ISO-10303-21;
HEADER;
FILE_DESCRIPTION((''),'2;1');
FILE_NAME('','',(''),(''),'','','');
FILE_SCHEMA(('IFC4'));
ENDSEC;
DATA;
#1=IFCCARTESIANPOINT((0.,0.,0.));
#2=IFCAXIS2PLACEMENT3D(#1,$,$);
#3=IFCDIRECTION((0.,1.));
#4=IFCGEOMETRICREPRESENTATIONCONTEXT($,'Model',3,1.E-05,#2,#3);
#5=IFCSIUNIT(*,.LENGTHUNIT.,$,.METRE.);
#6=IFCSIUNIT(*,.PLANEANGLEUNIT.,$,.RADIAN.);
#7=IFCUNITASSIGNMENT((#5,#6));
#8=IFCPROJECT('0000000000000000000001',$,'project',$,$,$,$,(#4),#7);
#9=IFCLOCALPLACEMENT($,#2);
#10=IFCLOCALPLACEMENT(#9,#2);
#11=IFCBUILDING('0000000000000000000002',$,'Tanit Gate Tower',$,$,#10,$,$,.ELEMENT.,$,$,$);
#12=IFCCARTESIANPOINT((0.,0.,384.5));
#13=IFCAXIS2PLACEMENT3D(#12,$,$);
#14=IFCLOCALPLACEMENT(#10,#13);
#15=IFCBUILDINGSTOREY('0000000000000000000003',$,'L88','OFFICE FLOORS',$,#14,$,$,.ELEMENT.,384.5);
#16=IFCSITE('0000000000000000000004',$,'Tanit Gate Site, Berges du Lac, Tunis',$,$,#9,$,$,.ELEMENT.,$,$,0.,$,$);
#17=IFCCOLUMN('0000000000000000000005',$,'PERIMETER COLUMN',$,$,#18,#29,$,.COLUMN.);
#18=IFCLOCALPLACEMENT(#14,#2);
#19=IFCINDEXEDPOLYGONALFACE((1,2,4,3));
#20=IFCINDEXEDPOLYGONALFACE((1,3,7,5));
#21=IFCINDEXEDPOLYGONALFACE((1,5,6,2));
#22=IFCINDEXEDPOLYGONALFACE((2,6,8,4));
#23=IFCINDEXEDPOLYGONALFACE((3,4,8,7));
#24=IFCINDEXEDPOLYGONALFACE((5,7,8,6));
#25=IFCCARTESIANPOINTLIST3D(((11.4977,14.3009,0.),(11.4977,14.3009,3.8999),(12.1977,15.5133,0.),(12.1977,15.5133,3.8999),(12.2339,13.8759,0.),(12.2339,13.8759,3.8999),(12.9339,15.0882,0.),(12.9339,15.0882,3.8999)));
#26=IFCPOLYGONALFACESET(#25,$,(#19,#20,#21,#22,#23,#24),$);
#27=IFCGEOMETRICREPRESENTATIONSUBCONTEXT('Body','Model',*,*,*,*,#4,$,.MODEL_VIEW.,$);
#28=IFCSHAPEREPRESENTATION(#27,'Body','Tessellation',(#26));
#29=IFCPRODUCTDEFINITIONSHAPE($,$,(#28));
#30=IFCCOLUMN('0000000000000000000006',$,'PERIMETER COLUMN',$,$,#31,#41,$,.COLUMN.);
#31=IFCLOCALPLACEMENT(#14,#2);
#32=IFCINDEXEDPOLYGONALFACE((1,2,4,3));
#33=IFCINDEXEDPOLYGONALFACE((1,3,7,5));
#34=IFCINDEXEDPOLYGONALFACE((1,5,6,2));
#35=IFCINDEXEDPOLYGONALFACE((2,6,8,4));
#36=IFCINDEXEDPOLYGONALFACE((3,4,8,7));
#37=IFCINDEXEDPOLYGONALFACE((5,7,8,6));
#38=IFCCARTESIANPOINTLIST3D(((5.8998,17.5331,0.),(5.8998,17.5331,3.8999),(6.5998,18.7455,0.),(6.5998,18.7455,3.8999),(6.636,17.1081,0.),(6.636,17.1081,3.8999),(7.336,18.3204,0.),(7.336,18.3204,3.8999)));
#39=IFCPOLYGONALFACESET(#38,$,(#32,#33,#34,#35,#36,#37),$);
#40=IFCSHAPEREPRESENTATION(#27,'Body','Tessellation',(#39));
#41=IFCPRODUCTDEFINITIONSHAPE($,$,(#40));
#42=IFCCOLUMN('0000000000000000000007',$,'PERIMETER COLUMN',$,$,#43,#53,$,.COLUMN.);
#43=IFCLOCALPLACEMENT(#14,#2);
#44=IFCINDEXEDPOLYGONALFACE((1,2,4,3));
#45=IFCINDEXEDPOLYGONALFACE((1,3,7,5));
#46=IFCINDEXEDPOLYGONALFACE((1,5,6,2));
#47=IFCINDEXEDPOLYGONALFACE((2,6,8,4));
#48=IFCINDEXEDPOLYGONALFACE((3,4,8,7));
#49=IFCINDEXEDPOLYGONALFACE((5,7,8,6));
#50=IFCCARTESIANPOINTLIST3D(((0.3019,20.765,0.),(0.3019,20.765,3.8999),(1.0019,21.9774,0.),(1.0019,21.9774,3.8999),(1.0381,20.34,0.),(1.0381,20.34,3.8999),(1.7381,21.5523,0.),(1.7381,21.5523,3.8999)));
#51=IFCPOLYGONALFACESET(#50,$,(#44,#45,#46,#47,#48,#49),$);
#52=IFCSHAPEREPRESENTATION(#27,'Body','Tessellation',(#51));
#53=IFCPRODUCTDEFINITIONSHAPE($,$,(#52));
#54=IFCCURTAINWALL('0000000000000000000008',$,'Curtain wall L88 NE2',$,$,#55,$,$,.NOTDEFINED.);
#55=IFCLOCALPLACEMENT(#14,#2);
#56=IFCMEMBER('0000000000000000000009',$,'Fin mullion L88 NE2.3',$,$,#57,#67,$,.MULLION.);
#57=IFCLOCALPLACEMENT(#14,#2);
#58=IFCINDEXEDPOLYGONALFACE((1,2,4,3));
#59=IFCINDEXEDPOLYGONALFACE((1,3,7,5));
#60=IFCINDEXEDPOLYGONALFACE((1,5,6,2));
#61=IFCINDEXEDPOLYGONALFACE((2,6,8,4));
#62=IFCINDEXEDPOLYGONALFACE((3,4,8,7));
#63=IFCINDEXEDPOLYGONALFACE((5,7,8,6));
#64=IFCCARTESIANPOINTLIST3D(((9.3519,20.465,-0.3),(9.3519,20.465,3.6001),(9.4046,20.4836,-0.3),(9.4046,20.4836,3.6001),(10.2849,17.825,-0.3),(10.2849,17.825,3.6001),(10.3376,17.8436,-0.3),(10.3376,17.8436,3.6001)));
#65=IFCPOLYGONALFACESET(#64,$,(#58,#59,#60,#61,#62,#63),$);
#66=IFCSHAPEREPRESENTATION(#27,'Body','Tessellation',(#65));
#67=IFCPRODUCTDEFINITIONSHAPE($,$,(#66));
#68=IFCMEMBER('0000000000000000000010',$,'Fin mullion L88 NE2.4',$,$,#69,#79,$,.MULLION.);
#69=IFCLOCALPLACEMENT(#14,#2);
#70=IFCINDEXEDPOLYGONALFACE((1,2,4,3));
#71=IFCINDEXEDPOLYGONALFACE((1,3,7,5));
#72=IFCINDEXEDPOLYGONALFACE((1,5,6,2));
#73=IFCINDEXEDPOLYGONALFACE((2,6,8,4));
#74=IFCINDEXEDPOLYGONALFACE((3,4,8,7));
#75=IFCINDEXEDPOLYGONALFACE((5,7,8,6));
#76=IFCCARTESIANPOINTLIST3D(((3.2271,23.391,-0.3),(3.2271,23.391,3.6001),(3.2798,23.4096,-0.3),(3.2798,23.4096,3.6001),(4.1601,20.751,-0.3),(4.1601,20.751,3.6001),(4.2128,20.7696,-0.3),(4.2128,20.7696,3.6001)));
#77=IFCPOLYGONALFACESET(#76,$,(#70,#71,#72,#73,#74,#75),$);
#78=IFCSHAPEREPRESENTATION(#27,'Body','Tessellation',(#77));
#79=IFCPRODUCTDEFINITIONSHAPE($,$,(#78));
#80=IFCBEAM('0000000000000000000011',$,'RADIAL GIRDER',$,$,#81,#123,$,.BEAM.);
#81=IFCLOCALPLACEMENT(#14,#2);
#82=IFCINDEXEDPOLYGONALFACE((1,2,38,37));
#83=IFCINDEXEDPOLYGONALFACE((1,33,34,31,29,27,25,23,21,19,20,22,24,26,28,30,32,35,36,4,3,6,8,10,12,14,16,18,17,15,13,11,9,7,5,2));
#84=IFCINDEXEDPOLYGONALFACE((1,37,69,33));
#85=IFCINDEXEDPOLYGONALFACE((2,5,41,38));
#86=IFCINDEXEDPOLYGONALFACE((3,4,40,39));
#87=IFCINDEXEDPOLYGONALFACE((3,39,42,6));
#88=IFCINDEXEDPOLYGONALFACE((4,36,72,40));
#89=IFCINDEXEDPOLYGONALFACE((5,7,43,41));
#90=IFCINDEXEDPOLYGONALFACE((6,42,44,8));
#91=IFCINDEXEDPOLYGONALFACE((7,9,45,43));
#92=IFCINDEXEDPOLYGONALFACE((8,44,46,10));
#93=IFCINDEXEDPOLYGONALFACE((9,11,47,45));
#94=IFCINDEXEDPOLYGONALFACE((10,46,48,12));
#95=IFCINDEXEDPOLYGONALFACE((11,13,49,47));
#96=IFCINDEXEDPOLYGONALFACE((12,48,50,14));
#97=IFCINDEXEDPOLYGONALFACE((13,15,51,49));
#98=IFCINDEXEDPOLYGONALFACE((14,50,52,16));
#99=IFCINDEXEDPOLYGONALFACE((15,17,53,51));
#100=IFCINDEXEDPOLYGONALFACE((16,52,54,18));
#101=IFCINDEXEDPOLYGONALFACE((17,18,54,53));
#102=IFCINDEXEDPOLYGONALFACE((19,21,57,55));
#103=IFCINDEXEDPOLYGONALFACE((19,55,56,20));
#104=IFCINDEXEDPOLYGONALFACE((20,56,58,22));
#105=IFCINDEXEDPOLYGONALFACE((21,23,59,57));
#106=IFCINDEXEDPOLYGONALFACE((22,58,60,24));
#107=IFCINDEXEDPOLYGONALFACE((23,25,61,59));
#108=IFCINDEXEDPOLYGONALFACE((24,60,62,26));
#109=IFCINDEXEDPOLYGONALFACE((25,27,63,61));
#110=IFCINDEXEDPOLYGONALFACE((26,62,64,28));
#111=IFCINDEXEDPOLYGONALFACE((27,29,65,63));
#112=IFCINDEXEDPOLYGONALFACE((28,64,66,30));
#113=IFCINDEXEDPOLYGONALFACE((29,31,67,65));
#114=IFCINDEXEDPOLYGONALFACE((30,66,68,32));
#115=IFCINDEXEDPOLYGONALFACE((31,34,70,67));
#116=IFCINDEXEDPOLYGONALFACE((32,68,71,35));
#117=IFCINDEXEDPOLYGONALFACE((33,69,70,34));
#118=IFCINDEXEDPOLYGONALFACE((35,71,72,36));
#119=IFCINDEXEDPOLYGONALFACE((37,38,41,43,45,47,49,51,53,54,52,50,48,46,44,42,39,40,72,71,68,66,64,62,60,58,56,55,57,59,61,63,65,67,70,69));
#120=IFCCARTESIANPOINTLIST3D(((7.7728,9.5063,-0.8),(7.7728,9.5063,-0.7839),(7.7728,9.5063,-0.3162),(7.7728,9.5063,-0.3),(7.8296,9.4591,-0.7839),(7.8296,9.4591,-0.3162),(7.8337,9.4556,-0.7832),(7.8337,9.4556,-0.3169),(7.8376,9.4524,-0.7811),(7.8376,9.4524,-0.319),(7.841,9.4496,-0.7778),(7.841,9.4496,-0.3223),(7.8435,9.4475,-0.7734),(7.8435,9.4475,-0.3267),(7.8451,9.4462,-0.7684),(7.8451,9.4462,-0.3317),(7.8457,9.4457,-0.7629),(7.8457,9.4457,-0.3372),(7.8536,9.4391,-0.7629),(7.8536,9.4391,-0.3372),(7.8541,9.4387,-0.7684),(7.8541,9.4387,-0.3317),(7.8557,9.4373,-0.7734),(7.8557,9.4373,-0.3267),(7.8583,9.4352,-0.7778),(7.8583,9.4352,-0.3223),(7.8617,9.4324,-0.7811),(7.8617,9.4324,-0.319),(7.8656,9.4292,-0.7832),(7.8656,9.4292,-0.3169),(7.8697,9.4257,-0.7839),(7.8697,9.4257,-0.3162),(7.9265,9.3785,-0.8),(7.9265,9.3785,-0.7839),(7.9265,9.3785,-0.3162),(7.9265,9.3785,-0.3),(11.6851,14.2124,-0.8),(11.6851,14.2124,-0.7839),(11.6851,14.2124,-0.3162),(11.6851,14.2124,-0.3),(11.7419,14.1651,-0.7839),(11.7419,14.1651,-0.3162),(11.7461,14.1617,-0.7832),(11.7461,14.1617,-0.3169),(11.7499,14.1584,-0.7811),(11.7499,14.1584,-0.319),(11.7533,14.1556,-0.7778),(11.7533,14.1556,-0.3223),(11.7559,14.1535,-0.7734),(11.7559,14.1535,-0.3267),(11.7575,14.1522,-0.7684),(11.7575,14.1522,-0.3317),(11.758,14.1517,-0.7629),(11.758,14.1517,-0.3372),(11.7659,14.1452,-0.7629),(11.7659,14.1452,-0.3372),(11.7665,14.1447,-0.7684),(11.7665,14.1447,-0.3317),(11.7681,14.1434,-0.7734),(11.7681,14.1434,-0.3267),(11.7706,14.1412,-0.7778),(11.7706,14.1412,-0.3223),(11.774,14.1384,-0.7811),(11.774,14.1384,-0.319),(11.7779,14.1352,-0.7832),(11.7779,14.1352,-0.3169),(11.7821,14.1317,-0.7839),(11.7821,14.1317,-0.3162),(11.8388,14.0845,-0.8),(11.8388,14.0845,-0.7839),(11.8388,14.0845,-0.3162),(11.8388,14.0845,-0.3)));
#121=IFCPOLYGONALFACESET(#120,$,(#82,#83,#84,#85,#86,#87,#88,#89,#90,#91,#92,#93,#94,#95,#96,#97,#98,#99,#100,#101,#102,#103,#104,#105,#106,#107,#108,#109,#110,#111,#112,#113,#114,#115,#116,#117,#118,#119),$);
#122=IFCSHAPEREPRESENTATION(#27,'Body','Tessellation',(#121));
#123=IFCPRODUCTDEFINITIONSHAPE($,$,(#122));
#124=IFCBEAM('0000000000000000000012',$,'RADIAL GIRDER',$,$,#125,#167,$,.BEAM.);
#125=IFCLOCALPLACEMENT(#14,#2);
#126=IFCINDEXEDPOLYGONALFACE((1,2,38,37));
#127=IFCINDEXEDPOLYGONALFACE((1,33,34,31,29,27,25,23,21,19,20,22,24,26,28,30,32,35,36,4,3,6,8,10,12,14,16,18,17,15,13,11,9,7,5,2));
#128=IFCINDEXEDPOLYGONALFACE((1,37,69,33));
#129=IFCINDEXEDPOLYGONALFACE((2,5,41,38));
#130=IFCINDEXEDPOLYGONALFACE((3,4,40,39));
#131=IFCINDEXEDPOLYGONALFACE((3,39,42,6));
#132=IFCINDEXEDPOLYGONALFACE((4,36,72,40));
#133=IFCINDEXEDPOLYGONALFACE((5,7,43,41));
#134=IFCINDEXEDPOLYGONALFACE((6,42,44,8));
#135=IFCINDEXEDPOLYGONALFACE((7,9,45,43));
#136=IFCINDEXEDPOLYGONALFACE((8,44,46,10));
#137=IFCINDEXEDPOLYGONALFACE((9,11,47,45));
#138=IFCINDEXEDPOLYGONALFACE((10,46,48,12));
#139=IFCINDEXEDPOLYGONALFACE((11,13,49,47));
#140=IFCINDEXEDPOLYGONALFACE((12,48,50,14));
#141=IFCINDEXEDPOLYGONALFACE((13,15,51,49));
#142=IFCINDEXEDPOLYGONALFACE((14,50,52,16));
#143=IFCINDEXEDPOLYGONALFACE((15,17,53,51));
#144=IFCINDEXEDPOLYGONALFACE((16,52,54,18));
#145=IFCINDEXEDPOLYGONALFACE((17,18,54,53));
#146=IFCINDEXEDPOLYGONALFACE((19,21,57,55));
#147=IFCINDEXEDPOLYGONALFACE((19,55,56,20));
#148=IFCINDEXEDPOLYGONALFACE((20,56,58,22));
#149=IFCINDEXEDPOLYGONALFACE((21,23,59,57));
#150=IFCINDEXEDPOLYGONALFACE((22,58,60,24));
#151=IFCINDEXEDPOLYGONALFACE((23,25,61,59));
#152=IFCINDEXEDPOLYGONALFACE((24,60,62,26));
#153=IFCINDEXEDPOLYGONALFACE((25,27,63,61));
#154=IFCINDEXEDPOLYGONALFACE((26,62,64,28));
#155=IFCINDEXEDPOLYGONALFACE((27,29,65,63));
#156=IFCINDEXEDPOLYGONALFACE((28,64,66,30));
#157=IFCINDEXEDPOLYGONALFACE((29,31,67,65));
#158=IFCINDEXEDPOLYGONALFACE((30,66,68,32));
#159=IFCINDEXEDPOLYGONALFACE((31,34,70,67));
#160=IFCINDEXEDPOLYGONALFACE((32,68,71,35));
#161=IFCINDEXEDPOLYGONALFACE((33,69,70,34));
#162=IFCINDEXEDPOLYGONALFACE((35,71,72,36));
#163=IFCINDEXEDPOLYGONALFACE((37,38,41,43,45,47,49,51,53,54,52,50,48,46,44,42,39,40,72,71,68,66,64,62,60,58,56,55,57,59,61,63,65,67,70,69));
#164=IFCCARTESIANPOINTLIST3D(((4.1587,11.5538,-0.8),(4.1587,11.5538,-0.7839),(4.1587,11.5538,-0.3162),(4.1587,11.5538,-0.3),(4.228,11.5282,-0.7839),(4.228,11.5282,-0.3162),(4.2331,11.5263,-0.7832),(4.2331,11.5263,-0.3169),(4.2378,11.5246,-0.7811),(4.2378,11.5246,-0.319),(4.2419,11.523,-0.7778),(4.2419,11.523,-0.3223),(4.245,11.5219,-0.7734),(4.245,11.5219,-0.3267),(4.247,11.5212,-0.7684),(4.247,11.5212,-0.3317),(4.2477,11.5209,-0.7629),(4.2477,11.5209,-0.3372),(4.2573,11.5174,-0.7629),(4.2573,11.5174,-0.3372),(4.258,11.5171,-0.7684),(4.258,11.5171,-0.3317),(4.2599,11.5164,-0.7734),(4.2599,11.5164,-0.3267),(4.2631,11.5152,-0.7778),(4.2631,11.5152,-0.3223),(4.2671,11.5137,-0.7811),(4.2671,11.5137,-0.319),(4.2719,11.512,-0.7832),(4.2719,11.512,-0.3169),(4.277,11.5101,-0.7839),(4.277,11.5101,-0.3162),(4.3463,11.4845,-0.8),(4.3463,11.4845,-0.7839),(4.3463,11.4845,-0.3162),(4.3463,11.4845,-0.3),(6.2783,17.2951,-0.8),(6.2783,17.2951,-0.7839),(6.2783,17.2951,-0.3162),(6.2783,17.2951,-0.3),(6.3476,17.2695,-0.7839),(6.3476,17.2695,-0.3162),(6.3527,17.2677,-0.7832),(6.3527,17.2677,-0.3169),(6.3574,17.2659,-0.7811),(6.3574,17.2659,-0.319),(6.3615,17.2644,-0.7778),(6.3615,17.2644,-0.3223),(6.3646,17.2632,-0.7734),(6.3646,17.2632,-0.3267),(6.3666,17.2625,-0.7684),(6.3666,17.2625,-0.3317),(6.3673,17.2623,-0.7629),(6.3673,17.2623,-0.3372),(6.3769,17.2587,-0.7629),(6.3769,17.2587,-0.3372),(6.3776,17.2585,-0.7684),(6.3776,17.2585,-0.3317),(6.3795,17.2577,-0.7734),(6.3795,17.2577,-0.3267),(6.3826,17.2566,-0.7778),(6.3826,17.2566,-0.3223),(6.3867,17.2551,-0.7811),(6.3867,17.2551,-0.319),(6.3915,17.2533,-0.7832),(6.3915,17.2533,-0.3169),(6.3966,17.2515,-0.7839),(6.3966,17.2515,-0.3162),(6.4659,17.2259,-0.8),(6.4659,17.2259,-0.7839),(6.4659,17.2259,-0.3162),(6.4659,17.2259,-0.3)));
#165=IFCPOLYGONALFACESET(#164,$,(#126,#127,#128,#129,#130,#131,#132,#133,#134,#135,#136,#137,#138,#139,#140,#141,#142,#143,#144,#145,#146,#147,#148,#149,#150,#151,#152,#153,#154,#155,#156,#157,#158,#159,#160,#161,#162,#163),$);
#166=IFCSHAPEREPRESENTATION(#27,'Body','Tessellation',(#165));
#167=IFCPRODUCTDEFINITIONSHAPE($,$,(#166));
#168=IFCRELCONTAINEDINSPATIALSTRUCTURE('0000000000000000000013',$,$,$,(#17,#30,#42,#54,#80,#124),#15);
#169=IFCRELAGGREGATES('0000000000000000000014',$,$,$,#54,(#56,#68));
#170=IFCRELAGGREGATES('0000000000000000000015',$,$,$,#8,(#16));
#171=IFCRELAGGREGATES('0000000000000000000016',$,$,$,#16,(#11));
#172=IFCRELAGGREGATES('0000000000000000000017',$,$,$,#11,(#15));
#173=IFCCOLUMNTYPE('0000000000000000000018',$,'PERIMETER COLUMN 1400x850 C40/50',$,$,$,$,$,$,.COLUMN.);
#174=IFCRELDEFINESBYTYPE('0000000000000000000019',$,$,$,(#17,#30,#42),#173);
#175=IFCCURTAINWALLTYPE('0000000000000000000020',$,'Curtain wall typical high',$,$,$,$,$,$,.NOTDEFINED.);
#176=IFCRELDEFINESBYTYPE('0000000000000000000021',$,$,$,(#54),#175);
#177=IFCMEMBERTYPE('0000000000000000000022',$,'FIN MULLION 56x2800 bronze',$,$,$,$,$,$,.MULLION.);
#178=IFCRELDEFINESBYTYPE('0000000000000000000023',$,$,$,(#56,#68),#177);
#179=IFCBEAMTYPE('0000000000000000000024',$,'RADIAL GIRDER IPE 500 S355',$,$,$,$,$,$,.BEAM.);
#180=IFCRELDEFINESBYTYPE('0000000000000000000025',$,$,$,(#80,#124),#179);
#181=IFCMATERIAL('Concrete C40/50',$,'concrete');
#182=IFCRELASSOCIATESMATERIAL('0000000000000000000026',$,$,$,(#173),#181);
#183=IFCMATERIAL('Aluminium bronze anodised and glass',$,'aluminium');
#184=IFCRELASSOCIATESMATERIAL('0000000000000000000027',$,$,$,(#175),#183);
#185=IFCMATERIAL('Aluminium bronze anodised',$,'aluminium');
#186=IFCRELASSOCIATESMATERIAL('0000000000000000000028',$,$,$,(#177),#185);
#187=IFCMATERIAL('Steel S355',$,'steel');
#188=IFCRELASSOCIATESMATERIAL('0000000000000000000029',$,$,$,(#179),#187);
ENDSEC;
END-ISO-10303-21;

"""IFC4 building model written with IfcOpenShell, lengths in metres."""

from ifc_helpers import new_model, si_unit, direction, frame, origin, origin_2d, place, context, subcontext, project, spatial, rectangle, i_section, extrude, material, material_profile, profile_set, type_object, element, aggregate, save


model = new_model("IFC4")

# Units and contexts
model_context = context("Model", 3, precision=1e-05, world=origin(), true_north=direction((0.0, 1.0)))
body_context = subcontext(model_context, "Body", "Model", "MODEL_VIEW")
ifc_project = project(units=[si_unit("LENGTHUNIT", "METRE"), si_unit("PLANEANGLEUNIT", "RADIAN")], contexts=[model_context])

# Site, building, storey
site_placement = place(None, origin())
site = spatial("IfcSite", under=ifc_project, at=site_placement, Name="Tanit Gate Site, Berges du Lac, Tunis", CompositionType="ELEMENT", RefElevation=0.0)
building_placement = place(site_placement, origin())
building = spatial("IfcBuilding", under=site, at=building_placement, Name="Tanit Gate Tower", CompositionType="ELEMENT")
storey_placement = place(building_placement, frame((0.0, 0.0, 384.5)))
storey = spatial("IfcBuildingStorey", under=building, at=storey_placement, Name="L88", Description="OFFICE FLOORS", CompositionType="ELEMENT", Elevation=384.5)

# Columns
ifc_material_1 = material(Name="Concrete C40/50", Category="concrete")
ifc_material_profile_1 = material_profile(ifc_material_1, rectangle(XDim=1.3999, YDim=0.8501, at=origin_2d()), Name="RC 1400x850")
ifc_profile_set_1 = profile_set([ifc_material_profile_1], Name="Concrete C40/50")
column_type = type_object("IfcColumnType", Name="PERIMETER COLUMN 1400x850 C40/50", PredefinedType="COLUMN", material=ifc_profile_set_1)
for number, where, z_axis, x_axis, name in (
    (1, (12.2158, 14.6946, 0.0), (0.0, 0.0, 1.0), (0.5, 0.866025, 0.0), "PERIMETER COLUMN"),
    (2, (6.6179, 17.9268, 0.0), (0.0, 0.0, 1.0), (0.5, 0.866025, 0.0), "PERIMETER COLUMN"),
    (3, (1.02, 21.1587, 0.0), (0.0, 0.0, 1.0), (0.5, 0.866025, 0.0), "PERIMETER COLUMN"),
):
    element("IfcColumn", number, at=place(storey_placement, frame(where, z_axis=z_axis, x_axis=x_axis)), inside=storey, type_object=column_type, Name=name, PredefinedType="COLUMN", context=body_context, shape_type="SweptSolid", body=[
        extrude(rectangle(XDim=1.3999, YDim=0.8501, at=origin_2d()), origin(), (0.0, 0.0, 1.0), 3.8999),
    ])

# Curtain wall, members
ifc_material_2 = material(Name="Aluminium bronze anodised and glass", Category="aluminium")
curtain_wall_type = type_object("IfcCurtainWallType", Name="Curtain wall typical high", PredefinedType="NOTDEFINED", material=ifc_material_2)
curtain_wall_placement = place(storey_placement, origin())
curtain_wall = element("IfcCurtainWall", 4, at=curtain_wall_placement, inside=storey, type_object=curtain_wall_type, Name="Curtain wall L88 NE2", PredefinedType="NOTDEFINED")
ifc_material_3 = material(Name="Aluminium bronze anodised", Category="aluminium")
ifc_material_profile_2 = material_profile(ifc_material_3, rectangle(XDim=2.8, YDim=0.0559, at=origin_2d()), Name="56x2800 bronze fin mullion")
ifc_profile_set_2 = profile_set([ifc_material_profile_2], Name="Aluminium bronze anodised")
member_type_1 = type_object("IfcMemberType", Name="FIN MULLION 56x2800 bronze", PredefinedType="MULLION", material=ifc_profile_set_2)
member_1_placement = place(storey_placement, frame((9.8447, 19.1543, -0.3), z_axis=(0.0, 0.0, 1.0), x_axis=(0.33322, -0.942849, 0.0)))
member_1 = element("IfcMember", 5, at=member_1_placement, type_object=member_type_1, Name="Fin mullion L88 NE2.3", PredefinedType="MULLION", context=body_context, shape_type="SweptSolid", body=[
    extrude(rectangle(XDim=2.8, YDim=0.0559, at=origin_2d()), origin(), (0.0, 0.0, 1.0), 3.9001),
])
member_2_placement = place(storey_placement, frame((3.72, 22.0803, -0.3), z_axis=(0.0, 0.0, 1.0), x_axis=(0.33322, -0.942849, 0.0)))
member_2 = element("IfcMember", 6, at=member_2_placement, type_object=member_type_1, Name="Fin mullion L88 NE2.4", PredefinedType="MULLION", context=body_context, shape_type="SweptSolid", body=[
    extrude(rectangle(XDim=2.8, YDim=0.0559, at=origin_2d()), origin(), (0.0, 0.0, 1.0), 3.9001),
])

# Beams
ifc_material_4 = material(Name="Steel S355", Category="steel")
ifc_material_profile_3 = material_profile(ifc_material_4, i_section(OverallWidth=0.2, OverallDepth=0.5, WebThickness=0.0103, FlangeThickness=0.0161, FilletRadius=0.021, at=origin_2d()), Name="IPE 500")
ifc_profile_set_3 = profile_set([ifc_material_profile_3], Name="Steel S355")
beam_type = type_object("IfcBeamType", Name="RADIAL GIRDER IPE 500 S355", PredefinedType="BEAM", material=ifc_profile_set_3)
beam_1_placement = place(storey_placement, frame((11.762, 14.1484, -0.55), z_axis=(-0.639281, -0.768973, 0.0), x_axis=(0.768973, -0.639281, 0.0)))
element("IfcBeam", 7, at=beam_1_placement, inside=storey, type_object=beam_type, Name="RADIAL GIRDER", PredefinedType="BEAM", context=body_context, shape_type="SweptSolid", body=[
    extrude(i_section(OverallWidth=0.2, OverallDepth=0.5, WebThickness=0.0103, FlangeThickness=0.0161, FilletRadius=0.021, at=origin_2d()), origin(), (0.0, 0.0, 1.0), 6.1199),
])
beam_2_placement = place(storey_placement, frame((6.3721, 17.2605, -0.55), z_axis=(-0.346332, -0.938112, 0.0), x_axis=(0.938112, -0.346332, 0.0)))
element("IfcBeam", 8, at=beam_2_placement, inside=storey, type_object=beam_type, Name="RADIAL GIRDER", PredefinedType="BEAM", context=body_context, shape_type="SweptSolid", body=[
    extrude(i_section(OverallWidth=0.2, OverallDepth=0.5, WebThickness=0.0103, FlangeThickness=0.0161, FilletRadius=0.021, at=origin_2d()), origin(), (0.0, 0.0, 1.0), 6.1201),
])

aggregate(curtain_wall, [member_1, member_2])

save(model, "model.ifc")
